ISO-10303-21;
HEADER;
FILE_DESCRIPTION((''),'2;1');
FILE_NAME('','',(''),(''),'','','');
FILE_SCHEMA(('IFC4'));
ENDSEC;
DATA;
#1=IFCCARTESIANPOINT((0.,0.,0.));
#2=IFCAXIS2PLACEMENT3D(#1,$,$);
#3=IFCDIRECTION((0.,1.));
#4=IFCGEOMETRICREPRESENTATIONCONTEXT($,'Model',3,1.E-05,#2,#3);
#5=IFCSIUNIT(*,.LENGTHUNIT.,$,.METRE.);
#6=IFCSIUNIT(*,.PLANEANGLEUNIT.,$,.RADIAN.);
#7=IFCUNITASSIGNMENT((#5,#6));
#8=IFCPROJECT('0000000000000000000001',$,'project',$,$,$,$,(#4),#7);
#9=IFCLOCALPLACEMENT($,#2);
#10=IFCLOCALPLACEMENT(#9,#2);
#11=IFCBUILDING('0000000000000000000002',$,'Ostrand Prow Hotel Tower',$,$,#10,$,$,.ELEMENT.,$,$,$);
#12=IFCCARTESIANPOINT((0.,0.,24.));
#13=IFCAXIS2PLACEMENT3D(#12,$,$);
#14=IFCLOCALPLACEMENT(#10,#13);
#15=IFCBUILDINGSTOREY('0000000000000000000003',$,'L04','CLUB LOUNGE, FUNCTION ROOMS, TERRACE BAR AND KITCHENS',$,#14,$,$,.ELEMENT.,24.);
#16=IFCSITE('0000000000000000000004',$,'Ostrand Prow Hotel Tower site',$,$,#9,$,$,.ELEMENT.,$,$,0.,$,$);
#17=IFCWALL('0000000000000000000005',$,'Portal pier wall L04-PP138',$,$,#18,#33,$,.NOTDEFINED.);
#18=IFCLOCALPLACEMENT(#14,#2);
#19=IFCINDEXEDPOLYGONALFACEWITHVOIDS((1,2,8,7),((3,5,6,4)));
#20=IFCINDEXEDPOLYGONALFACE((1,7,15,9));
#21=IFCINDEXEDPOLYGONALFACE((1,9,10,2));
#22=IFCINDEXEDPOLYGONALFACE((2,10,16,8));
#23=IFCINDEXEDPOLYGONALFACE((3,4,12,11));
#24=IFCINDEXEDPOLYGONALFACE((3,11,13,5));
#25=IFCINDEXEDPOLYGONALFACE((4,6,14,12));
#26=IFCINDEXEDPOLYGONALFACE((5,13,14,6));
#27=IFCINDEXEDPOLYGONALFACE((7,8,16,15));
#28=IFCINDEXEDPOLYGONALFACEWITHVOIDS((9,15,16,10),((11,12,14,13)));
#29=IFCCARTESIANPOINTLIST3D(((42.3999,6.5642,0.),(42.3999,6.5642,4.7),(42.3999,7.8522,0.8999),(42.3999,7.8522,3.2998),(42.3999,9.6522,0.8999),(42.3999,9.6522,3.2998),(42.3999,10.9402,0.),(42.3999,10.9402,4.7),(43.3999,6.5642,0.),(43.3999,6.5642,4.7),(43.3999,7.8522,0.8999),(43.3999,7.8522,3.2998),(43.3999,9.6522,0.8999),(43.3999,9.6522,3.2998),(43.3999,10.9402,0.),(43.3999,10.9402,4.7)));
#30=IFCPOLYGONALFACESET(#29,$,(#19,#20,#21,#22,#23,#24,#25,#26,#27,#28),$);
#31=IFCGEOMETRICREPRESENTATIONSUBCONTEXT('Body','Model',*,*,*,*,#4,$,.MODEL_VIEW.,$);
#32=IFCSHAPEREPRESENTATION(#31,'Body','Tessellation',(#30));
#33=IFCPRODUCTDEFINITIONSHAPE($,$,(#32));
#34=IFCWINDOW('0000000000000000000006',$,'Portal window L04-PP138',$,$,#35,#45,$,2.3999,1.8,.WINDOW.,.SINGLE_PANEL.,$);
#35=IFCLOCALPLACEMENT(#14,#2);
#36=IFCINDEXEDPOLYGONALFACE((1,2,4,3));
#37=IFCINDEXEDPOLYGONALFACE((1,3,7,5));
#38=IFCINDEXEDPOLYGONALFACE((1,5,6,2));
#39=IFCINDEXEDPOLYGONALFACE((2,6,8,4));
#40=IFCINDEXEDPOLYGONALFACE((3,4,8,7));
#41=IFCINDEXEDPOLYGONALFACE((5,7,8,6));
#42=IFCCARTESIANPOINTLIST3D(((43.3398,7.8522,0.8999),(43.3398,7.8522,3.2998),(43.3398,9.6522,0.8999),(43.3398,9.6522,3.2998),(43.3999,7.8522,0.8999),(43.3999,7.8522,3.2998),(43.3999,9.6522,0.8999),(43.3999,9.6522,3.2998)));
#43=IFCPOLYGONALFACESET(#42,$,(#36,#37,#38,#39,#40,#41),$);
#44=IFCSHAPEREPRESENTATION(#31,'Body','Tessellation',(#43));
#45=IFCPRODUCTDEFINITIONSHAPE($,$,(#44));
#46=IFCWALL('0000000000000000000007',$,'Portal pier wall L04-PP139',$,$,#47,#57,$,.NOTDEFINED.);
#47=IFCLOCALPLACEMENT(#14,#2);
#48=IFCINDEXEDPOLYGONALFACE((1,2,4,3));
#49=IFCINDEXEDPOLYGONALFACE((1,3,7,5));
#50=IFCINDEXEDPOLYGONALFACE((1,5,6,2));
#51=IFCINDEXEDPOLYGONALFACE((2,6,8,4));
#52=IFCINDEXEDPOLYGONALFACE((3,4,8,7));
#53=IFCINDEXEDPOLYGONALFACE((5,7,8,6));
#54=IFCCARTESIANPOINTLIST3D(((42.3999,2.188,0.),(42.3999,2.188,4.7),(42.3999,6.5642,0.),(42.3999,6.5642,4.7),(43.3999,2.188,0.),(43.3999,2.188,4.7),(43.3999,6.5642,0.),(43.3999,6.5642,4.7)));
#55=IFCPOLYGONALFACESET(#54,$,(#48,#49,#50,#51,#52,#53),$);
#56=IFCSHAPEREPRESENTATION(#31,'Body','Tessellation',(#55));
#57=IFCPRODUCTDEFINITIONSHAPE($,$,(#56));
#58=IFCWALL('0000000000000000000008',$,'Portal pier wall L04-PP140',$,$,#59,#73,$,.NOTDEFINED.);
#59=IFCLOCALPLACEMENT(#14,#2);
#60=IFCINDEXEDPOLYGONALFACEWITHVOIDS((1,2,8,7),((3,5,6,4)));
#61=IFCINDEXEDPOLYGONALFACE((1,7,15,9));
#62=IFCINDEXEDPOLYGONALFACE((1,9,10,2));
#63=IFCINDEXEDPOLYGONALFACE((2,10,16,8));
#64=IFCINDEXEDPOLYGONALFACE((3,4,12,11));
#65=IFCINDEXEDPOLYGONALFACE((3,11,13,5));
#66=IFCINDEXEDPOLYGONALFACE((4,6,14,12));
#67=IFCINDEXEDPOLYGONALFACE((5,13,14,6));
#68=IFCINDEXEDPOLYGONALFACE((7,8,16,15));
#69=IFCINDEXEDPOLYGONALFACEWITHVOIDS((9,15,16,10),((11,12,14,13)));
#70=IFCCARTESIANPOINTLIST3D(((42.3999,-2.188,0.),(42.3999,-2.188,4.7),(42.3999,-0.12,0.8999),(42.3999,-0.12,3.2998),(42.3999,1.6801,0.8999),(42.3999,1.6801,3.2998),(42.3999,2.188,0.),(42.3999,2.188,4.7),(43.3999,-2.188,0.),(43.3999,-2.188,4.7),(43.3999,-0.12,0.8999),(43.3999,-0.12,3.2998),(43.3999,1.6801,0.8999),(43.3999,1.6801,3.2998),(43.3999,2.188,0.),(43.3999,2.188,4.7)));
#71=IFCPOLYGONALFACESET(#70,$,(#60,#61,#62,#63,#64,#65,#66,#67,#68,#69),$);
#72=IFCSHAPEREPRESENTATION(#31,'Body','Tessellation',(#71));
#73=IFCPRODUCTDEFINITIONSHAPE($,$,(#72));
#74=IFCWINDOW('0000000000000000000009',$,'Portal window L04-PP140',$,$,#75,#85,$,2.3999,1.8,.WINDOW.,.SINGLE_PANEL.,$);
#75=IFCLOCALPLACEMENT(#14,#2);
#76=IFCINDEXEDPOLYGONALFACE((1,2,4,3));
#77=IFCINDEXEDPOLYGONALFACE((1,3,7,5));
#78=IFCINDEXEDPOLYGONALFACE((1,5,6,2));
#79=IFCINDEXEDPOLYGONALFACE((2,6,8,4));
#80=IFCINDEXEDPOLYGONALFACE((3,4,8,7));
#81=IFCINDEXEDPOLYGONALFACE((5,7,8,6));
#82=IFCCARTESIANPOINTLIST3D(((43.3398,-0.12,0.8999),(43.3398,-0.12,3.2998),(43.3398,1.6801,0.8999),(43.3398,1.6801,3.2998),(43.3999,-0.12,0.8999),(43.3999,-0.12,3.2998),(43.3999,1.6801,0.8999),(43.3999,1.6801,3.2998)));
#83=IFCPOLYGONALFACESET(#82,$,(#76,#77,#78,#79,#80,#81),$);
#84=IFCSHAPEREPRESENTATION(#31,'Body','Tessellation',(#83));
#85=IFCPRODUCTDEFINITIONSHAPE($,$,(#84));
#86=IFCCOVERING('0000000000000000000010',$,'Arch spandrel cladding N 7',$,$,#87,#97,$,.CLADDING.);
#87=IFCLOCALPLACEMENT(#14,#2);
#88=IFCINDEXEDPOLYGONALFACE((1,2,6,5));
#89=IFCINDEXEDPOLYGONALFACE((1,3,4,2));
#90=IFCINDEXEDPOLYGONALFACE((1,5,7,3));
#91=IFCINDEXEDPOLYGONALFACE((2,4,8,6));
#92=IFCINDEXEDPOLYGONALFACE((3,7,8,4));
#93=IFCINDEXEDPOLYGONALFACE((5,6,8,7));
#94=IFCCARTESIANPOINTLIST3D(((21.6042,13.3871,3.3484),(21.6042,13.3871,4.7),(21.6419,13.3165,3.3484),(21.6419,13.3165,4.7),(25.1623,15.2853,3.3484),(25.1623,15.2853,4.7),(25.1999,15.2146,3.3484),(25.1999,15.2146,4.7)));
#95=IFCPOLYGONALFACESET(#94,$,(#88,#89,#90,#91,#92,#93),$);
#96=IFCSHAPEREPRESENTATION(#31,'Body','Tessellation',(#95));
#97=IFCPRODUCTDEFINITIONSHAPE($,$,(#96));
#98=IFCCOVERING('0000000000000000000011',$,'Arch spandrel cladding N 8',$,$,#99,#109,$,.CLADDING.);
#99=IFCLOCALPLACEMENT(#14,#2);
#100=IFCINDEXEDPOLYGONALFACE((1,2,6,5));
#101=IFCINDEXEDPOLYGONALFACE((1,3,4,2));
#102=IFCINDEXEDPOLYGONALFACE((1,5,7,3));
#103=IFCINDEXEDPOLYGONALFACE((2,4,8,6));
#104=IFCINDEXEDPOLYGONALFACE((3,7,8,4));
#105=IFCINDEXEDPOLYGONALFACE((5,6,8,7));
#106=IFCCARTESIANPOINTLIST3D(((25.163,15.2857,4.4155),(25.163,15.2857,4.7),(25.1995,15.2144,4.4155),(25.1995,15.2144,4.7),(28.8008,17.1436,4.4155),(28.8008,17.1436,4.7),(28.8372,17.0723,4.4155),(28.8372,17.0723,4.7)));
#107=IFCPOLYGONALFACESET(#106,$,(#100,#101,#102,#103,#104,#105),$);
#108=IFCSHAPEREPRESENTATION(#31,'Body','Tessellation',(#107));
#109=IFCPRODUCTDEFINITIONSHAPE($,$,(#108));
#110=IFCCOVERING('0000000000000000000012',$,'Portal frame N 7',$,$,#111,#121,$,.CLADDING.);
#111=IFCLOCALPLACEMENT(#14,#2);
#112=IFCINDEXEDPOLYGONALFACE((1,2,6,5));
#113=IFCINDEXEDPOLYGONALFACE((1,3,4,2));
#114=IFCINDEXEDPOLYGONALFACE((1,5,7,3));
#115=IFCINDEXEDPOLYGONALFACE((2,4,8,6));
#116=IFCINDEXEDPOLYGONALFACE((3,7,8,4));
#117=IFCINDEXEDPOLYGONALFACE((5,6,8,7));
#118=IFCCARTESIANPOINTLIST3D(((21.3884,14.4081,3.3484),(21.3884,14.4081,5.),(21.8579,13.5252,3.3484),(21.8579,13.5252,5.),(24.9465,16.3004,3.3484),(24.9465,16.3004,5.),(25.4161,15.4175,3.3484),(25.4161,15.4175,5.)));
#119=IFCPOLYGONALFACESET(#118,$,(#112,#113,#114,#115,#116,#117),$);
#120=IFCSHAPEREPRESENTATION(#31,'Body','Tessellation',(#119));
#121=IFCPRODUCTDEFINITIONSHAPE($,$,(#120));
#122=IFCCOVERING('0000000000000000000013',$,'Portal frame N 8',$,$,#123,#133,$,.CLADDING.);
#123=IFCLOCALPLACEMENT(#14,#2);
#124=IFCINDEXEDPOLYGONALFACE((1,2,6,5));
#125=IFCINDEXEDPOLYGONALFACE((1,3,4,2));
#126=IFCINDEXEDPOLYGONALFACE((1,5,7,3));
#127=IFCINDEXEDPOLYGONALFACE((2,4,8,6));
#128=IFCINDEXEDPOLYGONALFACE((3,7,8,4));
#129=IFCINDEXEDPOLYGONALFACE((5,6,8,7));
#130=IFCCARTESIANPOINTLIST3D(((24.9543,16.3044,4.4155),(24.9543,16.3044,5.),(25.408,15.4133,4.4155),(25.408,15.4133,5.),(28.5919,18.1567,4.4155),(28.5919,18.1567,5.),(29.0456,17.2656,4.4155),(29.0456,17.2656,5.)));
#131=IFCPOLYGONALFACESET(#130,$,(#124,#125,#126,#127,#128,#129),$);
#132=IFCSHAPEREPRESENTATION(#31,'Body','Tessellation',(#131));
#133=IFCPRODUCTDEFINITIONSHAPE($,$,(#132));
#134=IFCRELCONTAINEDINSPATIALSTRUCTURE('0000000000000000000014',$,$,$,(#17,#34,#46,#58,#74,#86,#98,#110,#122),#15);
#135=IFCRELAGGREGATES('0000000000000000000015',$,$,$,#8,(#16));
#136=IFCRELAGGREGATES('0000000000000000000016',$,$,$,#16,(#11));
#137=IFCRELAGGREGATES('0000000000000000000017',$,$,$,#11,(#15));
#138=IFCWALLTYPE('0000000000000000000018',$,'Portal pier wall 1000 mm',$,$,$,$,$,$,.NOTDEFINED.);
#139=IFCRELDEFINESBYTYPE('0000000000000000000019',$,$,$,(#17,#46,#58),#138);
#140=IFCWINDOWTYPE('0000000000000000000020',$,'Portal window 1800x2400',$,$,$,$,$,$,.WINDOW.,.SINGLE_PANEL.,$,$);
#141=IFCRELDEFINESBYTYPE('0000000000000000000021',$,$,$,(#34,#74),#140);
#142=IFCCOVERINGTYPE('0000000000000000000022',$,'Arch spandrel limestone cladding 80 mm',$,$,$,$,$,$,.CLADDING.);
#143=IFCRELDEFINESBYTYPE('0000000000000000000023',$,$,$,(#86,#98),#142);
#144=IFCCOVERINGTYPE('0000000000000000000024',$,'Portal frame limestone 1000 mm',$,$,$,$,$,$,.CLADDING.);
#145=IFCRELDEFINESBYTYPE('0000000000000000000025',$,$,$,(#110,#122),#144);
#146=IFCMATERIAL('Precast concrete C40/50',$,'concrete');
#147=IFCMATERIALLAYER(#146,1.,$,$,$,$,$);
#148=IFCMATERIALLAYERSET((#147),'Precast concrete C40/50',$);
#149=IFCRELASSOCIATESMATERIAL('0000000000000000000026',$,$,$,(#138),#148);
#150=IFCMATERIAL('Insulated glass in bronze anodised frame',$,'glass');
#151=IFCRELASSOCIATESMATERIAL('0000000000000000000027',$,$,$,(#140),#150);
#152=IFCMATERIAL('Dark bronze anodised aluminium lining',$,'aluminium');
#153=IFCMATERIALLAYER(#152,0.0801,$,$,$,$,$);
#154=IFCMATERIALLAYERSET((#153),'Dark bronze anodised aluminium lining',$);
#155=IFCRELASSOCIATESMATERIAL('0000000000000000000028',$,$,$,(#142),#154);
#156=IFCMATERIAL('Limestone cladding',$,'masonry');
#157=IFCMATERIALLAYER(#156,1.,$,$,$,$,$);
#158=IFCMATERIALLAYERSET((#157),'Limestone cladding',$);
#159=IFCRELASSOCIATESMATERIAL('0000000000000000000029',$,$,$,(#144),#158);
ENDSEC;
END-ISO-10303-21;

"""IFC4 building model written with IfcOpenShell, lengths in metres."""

from ifc_helpers import new_model, si_unit, direction, frame, frame_2d, origin, place, context, subcontext, project, spatial, polyline, rectangle, outline, extrude, material, layer, layer_set, type_object, element, fill, save


model = new_model("IFC4")

# Units and contexts
model_context = context("Model", 3, precision=1e-05, world=origin(), true_north=direction((0.0, 1.0)))
body_context = subcontext(model_context, "Body", "Model", "MODEL_VIEW")
ifc_project = project(units=[si_unit("LENGTHUNIT", "METRE"), si_unit("PLANEANGLEUNIT", "RADIAN")], contexts=[model_context])

# Site, building, storey
site_placement = place(None, origin())
site = spatial("IfcSite", under=ifc_project, at=site_placement, Name="Ostrand Prow Hotel Tower site", CompositionType="ELEMENT", RefElevation=0.0)
building_placement = place(site_placement, origin())
building = spatial("IfcBuilding", under=site, at=building_placement, Name="Ostrand Prow Hotel Tower", CompositionType="ELEMENT")
storey_placement = place(building_placement, frame((0.0, 0.0, 24.0)))
storey = spatial("IfcBuildingStorey", under=building, at=storey_placement, Name="L04", Description="CLUB LOUNGE, FUNCTION ROOMS, TERRACE BAR AND KITCHENS", CompositionType="ELEMENT", Elevation=24.0)

# Wall, opening, window
ifc_material_1 = material(Name="Precast concrete C40/50", Category="concrete")
ifc_layer_1 = layer(ifc_material_1, 1.0)
ifc_layer_set_1 = layer_set([ifc_layer_1], Name="Precast concrete C40/50")
wall_type_1 = type_object("IfcWallType", Name="Portal pier wall 1000 mm", PredefinedType="NOTDEFINED", material=ifc_layer_set_1)
ifc_material_2 = material(Name="Insulated glass in bronze anodised frame", Category="glass")
window_type = type_object("IfcWindowType", Name="Portal window 1800x2400", PartitioningType="SINGLE_PANEL", PredefinedType="WINDOW", material=ifc_material_2)
wall_1_placement = place(storey_placement, frame((42.8999, 10.9402, 0.0), z_axis=(0.0, 0.0, 1.0), x_axis=(0.0, -1.0, 0.0)))
wall_1 = element("IfcWall", 1, at=wall_1_placement, inside=storey, type_object=wall_type_1, Name="Portal pier wall L04-PP138", PredefinedType="NOTDEFINED", context=body_context, shape_type="SweptSolid", body=[
    extrude(outline(polyline([(0.0, -0.5), (4.376, -0.5), (4.376, 0.5), (0.0, 0.5), (0.0, -0.5)])), origin(), (0.0, 0.0, 1.0), 4.7),
])
opening_1_placement = place(wall_1_placement, frame((1.2881, 0.0, 0.8999)))
opening_1 = element("IfcOpeningElement", 2, at=opening_1_placement, cuts=wall_1, PredefinedType="OPENING", context=body_context, shape_type="SweptSolid", body=[
    extrude(rectangle(XDim=1.8, YDim=2.3999, at=frame_2d((0.8999, 1.2))), frame((0.0, 0.51, 0.0), z_axis=(0.0, -1.0, 0.0), x_axis=(1.0, 0.0, 0.0)), (0.0, 0.0, 1.0), 1.02),
])
window_1_placement = place(opening_1_placement, origin())
window_1 = element("IfcWindow", 3, at=window_1_placement, inside=storey, type_object=window_type, Name="Portal window L04-PP138", OverallHeight=2.3999, OverallWidth=1.8, PartitioningType="SINGLE_PANEL", PredefinedType="WINDOW", context=body_context, shape_type="SweptSolid", body=[
    extrude(rectangle(XDim=1.8, YDim=2.3999, at=frame_2d((0.8999, 1.2))), frame((0.0, 0.5, 0.0), z_axis=(0.0, -1.0, 0.0), x_axis=(1.0, 0.0, 0.0)), (0.0, 0.0, 1.0), 0.0601),
])
fill(opening_1, window_1)

# Wall
wall_2_placement = place(storey_placement, frame((42.8999, 6.5642, 0.0), z_axis=(0.0, 0.0, 1.0), x_axis=(0.0, -1.0, 0.0)))
element("IfcWall", 4, at=wall_2_placement, inside=storey, type_object=wall_type_1, Name="Portal pier wall L04-PP139", PredefinedType="NOTDEFINED", context=body_context, shape_type="SweptSolid", body=[
    extrude(outline(polyline([(0.0, -0.5), (4.3762, -0.5), (4.3762, 0.5), (0.0, 0.5), (0.0, -0.5)])), origin(), (0.0, 0.0, 1.0), 4.7),
])

# Wall, opening, window
wall_3_placement = place(storey_placement, frame((42.8999, 2.188, 0.0), z_axis=(0.0, 0.0, 1.0), x_axis=(0.0, -1.0, 0.0)))
wall_3 = element("IfcWall", 5, at=wall_3_placement, inside=storey, type_object=wall_type_1, Name="Portal pier wall L04-PP140", PredefinedType="NOTDEFINED", context=body_context, shape_type="SweptSolid", body=[
    extrude(outline(polyline([(0.0, -0.5), (4.376, -0.5), (4.376, 0.5), (0.0, 0.5), (0.0, -0.5)])), origin(), (0.0, 0.0, 1.0), 4.7),
])
opening_2_placement = place(wall_3_placement, frame((0.5081, 0.0, 0.8999)))
opening_2 = element("IfcOpeningElement", 6, at=opening_2_placement, cuts=wall_3, PredefinedType="OPENING", context=body_context, shape_type="SweptSolid", body=[
    extrude(rectangle(XDim=1.8, YDim=2.3999, at=frame_2d((0.8999, 1.2))), frame((0.0, 0.51, 0.0), z_axis=(0.0, -1.0, 0.0), x_axis=(1.0, 0.0, 0.0)), (0.0, 0.0, 1.0), 1.02),
])
window_2_placement = place(opening_2_placement, origin())
window_2 = element("IfcWindow", 7, at=window_2_placement, inside=storey, type_object=window_type, Name="Portal window L04-PP140", OverallHeight=2.3999, OverallWidth=1.8, PartitioningType="SINGLE_PANEL", PredefinedType="WINDOW", context=body_context, shape_type="SweptSolid", body=[
    extrude(rectangle(XDim=1.8, YDim=2.3999, at=frame_2d((0.8999, 1.2))), frame((0.0, 0.5, 0.0), z_axis=(0.0, -1.0, 0.0), x_axis=(1.0, 0.0, 0.0)), (0.0, 0.0, 1.0), 0.0601),
])
fill(opening_2, window_2)

# Coverings
ifc_material_3 = material(Name="Dark bronze anodised aluminium lining", Category="aluminium")
ifc_layer_2 = layer(ifc_material_3, 0.0801)
ifc_layer_set_2 = layer_set([ifc_layer_2], Name="Dark bronze anodised aluminium lining")
covering_type_1 = type_object("IfcCoveringType", Name="Arch spandrel limestone cladding 80 mm", PredefinedType="CLADDING", material=ifc_layer_set_2)
covering_1_placement = place(storey_placement, frame((21.623, 13.3518, 3.3484), z_axis=(0.0, 0.0, 1.0), x_axis=(0.882298, 0.470692, 0.0)))
element("IfcCovering", 8, at=covering_1_placement, inside=storey, type_object=covering_type_1, Name="Arch spandrel cladding N 7", PredefinedType="CLADDING", context=body_context, shape_type="SweptSolid", body=[
    extrude(rectangle(XDim=4.0327, YDim=0.0801, at=frame_2d((2.0164, 0.0))), origin(), (0.0, 0.0, 1.0), 1.3516),
])
covering_2_placement = place(storey_placement, frame((25.1812, 15.25, 4.4155), z_axis=(0.0, 0.0, 1.0), x_axis=(0.890569, 0.454848, 0.0)))
element("IfcCovering", 9, at=covering_2_placement, inside=storey, type_object=covering_type_1, Name="Arch spandrel cladding N 8", PredefinedType="CLADDING", context=body_context, shape_type="SweptSolid", body=[
    extrude(rectangle(XDim=4.0847, YDim=0.0801, at=frame_2d((2.0425, 0.0))), origin(), (0.0, 0.0, 1.0), 0.2844),
])
ifc_material_4 = material(Name="Limestone cladding", Category="masonry")
ifc_layer_3 = layer(ifc_material_4, 1.0)
ifc_layer_set_3 = layer_set([ifc_layer_3], Name="Limestone cladding")
covering_type_2 = type_object("IfcCoveringType", Name="Portal frame limestone 1000 mm", PredefinedType="CLADDING", material=ifc_layer_set_3)
covering_3_placement = place(storey_placement, frame((21.623, 13.9666, 3.3484), z_axis=(0.0, 0.0, 1.0), x_axis=(0.882901, 0.46956, 0.0)))
element("IfcCovering", 10, at=covering_3_placement, inside=storey, type_object=covering_type_2, Name="Portal frame N 7", PredefinedType="CLADDING", context=body_context, shape_type="SweptSolid", body=[
    extrude(rectangle(XDim=4.03, YDim=1.0, at=frame_2d((2.0151, 0.0))), origin(), (0.0, 0.0, 1.0), 1.6516),
])
covering_4_placement = place(storey_placement, frame((25.1812, 15.8589, 4.4155), z_axis=(0.0, 0.0, 1.0), x_axis=(0.891126, 0.453756, 0.0)))
element("IfcCovering", 11, at=covering_4_placement, inside=storey, type_object=covering_type_2, Name="Portal frame N 8", PredefinedType="CLADDING", context=body_context, shape_type="SweptSolid", body=[
    extrude(rectangle(XDim=4.082, YDim=1.0, at=frame_2d((2.041, 0.0))), origin(), (0.0, 0.0, 1.0), 0.5845),
])

save(model, "model.ifc")
